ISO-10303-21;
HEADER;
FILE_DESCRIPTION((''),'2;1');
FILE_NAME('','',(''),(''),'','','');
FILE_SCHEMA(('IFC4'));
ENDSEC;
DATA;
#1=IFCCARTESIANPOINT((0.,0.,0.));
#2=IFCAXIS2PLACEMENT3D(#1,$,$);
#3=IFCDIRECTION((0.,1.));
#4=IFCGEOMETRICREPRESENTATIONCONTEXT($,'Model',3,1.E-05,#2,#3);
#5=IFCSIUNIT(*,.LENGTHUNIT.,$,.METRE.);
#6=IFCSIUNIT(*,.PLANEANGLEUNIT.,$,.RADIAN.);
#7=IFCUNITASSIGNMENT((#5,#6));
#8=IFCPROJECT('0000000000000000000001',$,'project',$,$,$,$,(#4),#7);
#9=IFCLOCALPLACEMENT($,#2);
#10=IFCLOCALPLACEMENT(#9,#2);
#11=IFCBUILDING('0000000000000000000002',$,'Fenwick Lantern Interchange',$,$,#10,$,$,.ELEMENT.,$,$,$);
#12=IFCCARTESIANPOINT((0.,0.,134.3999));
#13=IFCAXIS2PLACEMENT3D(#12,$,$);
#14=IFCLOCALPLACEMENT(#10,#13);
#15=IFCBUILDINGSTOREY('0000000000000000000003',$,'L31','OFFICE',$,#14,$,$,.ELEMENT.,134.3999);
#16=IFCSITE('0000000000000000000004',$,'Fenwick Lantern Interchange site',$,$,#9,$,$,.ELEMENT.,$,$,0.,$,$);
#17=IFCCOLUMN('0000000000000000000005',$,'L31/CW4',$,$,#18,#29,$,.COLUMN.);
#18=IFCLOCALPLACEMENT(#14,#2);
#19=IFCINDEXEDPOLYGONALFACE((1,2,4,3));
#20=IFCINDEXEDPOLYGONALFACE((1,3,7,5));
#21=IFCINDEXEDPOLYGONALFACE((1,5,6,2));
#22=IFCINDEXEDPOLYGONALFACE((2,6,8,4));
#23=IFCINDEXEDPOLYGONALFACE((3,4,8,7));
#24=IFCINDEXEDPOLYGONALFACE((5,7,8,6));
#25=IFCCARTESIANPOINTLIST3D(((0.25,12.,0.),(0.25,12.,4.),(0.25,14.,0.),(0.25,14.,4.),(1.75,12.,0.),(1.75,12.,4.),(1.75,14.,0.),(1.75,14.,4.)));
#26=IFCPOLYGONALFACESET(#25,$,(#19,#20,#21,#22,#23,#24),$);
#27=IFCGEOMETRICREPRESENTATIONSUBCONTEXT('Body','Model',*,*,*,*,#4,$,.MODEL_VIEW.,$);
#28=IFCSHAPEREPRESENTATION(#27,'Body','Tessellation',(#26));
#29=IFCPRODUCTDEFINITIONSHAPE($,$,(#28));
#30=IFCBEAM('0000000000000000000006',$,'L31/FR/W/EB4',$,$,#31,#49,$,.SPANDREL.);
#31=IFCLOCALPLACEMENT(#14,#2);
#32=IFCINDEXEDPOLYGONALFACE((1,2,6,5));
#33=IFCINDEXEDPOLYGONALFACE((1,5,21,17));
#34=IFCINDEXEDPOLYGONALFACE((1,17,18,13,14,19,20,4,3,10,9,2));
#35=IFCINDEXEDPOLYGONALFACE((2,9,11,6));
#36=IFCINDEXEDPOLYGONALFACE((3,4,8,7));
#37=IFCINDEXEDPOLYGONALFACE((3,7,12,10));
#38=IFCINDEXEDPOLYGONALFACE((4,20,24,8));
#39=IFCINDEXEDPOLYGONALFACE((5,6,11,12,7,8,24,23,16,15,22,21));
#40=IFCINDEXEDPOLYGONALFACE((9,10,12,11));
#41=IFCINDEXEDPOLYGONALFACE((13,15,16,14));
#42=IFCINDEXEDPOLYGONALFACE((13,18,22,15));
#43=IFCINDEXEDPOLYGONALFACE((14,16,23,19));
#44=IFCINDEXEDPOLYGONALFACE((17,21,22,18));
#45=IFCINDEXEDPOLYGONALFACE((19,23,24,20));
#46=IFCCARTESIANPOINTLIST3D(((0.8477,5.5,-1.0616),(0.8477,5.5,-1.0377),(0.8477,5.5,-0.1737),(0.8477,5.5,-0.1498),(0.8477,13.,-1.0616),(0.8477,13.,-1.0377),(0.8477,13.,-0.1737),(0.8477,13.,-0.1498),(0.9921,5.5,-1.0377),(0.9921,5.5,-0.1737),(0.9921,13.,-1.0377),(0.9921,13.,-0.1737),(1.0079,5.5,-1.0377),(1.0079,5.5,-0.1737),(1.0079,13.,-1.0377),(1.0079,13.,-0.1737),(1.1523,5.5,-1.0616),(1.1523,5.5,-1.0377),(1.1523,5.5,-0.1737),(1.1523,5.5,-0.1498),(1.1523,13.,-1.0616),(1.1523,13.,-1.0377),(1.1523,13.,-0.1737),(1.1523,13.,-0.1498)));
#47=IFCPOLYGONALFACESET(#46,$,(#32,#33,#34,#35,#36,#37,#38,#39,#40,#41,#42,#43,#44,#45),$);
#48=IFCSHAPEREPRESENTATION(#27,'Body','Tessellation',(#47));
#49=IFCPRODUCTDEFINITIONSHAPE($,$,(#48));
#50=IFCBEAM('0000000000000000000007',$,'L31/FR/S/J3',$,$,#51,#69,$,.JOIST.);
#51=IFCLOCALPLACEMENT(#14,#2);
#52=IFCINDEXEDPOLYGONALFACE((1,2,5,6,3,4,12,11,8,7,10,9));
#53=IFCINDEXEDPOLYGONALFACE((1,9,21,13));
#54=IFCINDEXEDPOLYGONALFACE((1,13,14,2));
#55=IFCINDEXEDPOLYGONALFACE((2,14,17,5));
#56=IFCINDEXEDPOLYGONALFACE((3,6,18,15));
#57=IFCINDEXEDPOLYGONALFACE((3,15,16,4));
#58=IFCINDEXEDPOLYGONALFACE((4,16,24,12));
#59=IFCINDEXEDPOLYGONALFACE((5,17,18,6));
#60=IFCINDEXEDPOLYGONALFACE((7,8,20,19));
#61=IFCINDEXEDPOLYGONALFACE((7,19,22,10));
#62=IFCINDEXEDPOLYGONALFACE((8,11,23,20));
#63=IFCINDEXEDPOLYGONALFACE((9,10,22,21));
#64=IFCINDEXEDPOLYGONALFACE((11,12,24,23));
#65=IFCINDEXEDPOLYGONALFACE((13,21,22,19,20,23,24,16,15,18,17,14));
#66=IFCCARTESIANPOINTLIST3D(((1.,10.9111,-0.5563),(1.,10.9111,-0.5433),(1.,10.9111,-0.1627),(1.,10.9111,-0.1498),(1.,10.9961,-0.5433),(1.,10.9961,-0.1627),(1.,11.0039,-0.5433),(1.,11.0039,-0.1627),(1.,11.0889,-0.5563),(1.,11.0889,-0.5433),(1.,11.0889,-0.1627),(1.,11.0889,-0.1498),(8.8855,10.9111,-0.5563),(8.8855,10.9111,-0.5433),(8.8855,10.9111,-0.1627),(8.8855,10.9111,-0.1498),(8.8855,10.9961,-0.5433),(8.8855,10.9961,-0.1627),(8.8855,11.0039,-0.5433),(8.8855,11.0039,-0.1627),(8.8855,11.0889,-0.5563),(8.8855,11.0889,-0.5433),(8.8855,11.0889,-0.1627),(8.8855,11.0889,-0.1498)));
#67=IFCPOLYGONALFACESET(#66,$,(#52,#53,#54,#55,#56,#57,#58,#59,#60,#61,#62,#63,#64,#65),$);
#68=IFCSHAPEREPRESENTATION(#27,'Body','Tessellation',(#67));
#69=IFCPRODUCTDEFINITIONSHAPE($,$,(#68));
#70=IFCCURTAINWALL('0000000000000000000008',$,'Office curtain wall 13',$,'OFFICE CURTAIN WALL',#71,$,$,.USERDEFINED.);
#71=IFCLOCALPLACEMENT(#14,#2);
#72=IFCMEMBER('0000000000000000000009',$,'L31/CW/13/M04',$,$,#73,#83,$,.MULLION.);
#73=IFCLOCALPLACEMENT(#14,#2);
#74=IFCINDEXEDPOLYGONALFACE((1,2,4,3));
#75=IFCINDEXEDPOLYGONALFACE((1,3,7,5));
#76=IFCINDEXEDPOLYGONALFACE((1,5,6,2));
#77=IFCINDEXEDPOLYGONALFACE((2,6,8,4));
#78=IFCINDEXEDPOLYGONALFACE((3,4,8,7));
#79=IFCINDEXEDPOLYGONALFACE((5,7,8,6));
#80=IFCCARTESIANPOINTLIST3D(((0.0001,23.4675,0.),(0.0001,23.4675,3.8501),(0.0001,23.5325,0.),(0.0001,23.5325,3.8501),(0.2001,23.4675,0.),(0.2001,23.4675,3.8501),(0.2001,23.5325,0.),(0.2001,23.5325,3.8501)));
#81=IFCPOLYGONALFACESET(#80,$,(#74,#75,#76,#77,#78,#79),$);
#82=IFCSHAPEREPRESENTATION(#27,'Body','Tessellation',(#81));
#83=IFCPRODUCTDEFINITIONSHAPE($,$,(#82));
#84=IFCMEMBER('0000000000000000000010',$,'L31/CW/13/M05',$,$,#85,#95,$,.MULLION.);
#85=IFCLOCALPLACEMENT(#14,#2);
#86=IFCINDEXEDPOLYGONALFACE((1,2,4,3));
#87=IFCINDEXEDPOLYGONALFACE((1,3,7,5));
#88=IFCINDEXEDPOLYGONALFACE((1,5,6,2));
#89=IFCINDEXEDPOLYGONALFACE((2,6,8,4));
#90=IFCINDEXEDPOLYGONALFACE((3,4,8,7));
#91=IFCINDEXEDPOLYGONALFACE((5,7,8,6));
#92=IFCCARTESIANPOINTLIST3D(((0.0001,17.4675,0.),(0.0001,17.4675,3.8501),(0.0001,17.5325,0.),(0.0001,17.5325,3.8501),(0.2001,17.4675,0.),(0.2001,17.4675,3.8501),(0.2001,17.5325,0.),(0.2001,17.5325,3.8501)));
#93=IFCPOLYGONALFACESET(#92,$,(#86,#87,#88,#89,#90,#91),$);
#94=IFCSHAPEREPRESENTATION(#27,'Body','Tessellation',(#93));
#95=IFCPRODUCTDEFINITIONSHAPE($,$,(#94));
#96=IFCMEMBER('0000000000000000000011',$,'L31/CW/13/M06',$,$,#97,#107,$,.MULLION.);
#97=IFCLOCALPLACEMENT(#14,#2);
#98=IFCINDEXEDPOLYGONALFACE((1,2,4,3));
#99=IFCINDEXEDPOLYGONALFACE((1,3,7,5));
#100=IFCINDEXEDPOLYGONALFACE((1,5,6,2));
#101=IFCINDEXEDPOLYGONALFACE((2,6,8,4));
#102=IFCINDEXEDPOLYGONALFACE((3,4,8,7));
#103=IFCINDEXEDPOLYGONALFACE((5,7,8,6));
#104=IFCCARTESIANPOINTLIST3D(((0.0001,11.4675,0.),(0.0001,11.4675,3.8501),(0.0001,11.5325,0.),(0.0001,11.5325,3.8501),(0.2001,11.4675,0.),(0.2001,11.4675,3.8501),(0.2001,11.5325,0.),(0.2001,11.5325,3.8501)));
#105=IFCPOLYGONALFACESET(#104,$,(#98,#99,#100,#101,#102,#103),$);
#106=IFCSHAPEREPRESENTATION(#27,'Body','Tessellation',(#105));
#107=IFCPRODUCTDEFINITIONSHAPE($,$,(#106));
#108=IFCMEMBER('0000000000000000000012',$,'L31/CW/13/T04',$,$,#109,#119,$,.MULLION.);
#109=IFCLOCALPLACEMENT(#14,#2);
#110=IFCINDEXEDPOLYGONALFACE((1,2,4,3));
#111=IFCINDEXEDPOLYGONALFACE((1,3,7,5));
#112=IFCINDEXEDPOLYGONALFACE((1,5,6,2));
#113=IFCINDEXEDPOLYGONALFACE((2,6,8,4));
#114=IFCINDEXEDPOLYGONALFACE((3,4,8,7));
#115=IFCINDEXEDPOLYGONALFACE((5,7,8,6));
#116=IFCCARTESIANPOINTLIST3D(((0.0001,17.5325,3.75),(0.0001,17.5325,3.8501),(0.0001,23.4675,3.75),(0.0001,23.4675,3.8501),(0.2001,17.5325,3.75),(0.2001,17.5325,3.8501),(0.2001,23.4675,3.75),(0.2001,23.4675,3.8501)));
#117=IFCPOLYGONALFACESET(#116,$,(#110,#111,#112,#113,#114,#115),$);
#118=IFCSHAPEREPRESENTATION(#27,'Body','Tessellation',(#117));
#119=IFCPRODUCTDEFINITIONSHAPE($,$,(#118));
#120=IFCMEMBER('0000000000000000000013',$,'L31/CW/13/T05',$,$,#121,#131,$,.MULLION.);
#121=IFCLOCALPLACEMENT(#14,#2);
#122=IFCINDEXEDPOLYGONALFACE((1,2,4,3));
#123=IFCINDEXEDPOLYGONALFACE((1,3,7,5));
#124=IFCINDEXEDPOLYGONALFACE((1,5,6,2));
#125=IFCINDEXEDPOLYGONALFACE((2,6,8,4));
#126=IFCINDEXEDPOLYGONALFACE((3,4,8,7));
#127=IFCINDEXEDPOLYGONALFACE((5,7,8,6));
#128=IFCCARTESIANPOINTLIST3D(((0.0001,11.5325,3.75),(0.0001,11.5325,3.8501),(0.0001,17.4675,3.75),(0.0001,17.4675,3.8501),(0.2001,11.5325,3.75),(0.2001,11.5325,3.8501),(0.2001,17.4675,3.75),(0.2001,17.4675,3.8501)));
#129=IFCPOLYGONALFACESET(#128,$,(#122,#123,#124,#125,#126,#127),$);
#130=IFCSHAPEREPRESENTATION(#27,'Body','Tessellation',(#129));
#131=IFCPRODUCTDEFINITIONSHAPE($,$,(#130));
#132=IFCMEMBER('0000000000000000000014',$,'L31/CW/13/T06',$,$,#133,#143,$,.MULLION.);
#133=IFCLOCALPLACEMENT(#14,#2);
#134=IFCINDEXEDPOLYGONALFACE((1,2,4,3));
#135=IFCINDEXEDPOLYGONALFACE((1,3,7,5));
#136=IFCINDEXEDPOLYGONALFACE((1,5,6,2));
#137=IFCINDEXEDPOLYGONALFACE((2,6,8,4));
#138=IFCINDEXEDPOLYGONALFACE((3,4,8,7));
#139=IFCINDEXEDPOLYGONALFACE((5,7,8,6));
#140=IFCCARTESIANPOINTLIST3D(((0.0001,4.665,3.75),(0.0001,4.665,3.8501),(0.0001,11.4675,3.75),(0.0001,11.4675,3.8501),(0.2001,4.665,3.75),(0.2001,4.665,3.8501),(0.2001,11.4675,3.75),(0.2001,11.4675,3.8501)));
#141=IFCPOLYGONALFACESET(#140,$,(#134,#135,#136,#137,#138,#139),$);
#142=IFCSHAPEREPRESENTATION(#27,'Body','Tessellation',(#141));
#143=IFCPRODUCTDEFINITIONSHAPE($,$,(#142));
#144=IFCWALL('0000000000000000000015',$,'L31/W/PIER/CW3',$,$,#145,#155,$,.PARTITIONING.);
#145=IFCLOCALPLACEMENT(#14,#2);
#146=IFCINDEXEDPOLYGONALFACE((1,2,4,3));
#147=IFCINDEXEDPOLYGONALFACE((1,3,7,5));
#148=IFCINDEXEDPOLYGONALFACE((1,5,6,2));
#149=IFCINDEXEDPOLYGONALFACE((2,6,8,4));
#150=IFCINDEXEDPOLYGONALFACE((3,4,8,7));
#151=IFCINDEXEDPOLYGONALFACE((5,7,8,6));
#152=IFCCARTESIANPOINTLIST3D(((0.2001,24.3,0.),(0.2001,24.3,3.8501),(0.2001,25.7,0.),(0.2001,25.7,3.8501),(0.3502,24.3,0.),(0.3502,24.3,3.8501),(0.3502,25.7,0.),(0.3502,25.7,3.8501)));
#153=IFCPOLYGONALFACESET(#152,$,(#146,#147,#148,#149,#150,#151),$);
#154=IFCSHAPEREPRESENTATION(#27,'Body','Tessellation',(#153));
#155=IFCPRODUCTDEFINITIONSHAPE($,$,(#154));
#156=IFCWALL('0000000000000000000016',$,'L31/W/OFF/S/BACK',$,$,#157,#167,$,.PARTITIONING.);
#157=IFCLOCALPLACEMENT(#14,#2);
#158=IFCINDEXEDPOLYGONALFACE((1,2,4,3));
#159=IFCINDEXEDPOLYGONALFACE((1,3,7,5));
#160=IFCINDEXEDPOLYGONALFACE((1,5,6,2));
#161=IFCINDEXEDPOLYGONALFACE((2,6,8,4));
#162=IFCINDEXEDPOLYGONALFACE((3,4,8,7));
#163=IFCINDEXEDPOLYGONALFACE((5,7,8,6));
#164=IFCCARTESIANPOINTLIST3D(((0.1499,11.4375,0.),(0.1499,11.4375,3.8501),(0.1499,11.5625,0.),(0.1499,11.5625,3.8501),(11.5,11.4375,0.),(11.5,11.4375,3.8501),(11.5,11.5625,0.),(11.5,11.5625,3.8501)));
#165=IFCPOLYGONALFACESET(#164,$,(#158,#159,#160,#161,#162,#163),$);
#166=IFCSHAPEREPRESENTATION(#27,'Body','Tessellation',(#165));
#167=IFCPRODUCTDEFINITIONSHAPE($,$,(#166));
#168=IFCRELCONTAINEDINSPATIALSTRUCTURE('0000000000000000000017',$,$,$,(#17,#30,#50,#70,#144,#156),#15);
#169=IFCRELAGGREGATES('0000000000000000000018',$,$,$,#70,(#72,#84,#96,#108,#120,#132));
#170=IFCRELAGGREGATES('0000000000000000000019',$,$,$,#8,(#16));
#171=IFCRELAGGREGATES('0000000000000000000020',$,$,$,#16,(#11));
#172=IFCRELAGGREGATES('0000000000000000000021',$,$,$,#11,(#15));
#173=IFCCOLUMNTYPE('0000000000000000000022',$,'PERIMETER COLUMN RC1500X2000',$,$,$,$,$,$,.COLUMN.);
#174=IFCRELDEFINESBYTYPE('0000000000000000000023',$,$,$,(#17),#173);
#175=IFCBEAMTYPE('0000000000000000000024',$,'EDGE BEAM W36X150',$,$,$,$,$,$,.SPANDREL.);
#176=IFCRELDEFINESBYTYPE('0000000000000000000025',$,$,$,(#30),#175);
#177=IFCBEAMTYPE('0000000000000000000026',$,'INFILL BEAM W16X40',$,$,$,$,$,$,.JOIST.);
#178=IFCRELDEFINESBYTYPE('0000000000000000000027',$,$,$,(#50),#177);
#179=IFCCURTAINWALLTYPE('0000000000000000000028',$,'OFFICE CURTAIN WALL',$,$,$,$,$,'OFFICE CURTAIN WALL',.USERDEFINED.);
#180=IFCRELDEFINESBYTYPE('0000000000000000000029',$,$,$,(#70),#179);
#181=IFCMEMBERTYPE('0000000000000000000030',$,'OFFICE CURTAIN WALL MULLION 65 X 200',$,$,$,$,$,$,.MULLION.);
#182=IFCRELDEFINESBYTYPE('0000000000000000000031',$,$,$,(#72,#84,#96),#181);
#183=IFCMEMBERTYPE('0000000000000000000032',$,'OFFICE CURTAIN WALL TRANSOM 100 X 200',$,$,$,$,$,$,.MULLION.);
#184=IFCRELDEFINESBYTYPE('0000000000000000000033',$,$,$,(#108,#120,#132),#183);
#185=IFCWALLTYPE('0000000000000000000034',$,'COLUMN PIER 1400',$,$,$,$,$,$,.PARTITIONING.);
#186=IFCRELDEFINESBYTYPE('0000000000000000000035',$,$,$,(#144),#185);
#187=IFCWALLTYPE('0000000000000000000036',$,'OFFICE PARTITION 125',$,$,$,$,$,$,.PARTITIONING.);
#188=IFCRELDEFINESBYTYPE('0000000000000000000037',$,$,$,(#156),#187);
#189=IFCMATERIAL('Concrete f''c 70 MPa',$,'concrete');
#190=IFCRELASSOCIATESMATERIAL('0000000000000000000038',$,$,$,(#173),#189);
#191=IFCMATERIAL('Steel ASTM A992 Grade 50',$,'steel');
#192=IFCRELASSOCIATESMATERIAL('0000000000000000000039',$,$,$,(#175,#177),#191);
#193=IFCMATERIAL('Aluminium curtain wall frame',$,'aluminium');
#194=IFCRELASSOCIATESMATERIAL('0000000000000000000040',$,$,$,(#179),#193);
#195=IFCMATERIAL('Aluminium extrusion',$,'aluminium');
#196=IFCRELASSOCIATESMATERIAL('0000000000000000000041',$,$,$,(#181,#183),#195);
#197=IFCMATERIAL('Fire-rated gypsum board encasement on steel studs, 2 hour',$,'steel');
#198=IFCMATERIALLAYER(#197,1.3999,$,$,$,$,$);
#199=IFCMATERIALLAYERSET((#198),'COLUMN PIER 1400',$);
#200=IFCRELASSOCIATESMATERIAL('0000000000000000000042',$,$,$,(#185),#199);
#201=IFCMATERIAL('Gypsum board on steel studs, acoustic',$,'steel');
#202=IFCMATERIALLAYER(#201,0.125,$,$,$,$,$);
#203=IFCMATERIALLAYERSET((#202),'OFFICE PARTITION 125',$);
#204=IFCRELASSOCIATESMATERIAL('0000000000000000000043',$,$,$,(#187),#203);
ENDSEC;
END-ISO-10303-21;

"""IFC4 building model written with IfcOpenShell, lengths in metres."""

from ifc_helpers import new_model, si_unit, direction, frame, frame_2d, origin, origin_2d, place, context, subcontext, project, spatial, rectangle, i_section, extrude, material, layer, layer_set, material_profile, profile_set, type_object, element, aggregate, save


model = new_model("IFC4")

# Units and contexts
model_context = context("Model", 3, precision=1e-05, world=origin(), true_north=direction((0.0, 1.0)))
body_context = subcontext(model_context, "Body", "Model", "MODEL_VIEW")
ifc_project = project(units=[si_unit("LENGTHUNIT", "METRE"), si_unit("PLANEANGLEUNIT", "RADIAN")], contexts=[model_context])

# Site, building, storey
site_placement = place(None, origin())
site = spatial("IfcSite", under=ifc_project, at=site_placement, Name="Fenwick Lantern Interchange site", CompositionType="ELEMENT", RefElevation=0.0)
building_placement = place(site_placement, origin())
building = spatial("IfcBuilding", under=site, at=building_placement, Name="Fenwick Lantern Interchange", CompositionType="ELEMENT")
storey_placement = place(building_placement, frame((0.0, 0.0, 134.3999)))
storey = spatial("IfcBuildingStorey", under=building, at=storey_placement, Name="L31", Description="OFFICE", CompositionType="ELEMENT", Elevation=134.3999)

# Column
ifc_material_1 = material(Name="Concrete f'c 70 MPa", Category="concrete")
ifc_material_profile_1 = material_profile(ifc_material_1, rectangle(XDim=1.5, YDim=2.0, at=origin_2d()), Name="RC1500X2000")
ifc_profile_set_1 = profile_set([ifc_material_profile_1], Name="Concrete f'c 70 MPa")
column_type = type_object("IfcColumnType", Name="PERIMETER COLUMN RC1500X2000", PredefinedType="COLUMN", material=ifc_profile_set_1)
column_placement = place(storey_placement, frame((1.0, 13.0, 0.0), z_axis=(0.0, 0.0, 1.0), x_axis=(1.0, 0.0, 0.0)))
element("IfcColumn", 1, at=column_placement, inside=storey, type_object=column_type, Name="L31/CW4", PredefinedType="COLUMN", context=body_context, shape_type="SweptSolid", body=[
    extrude(rectangle(XDim=1.5, YDim=2.0, at=origin_2d()), origin(), (0.0, 0.0, 1.0), 4.0),
])

# Beams
ifc_material_2 = material(Name="Steel ASTM A992 Grade 50", Category="steel")
ifc_material_profile_2 = material_profile(ifc_material_2, i_section(OverallWidth=0.3047, OverallDepth=0.9119, WebThickness=0.0159, FlangeThickness=0.0239, at=origin_2d()), Name="W36X150")
ifc_profile_set_2 = profile_set([ifc_material_profile_2], Name="Steel ASTM A992 Grade 50")
beam_type_1 = type_object("IfcBeamType", Name="EDGE BEAM W36X150", PredefinedType="SPANDREL", material=ifc_profile_set_2)
beam_1_placement = place(storey_placement, frame((1.0, 13.0, -0.6057), z_axis=(0.0, -1.0, 0.0), x_axis=(1.0, 0.0, 0.0)))
element("IfcBeam", 2, at=beam_1_placement, inside=storey, type_object=beam_type_1, Name="L31/FR/W/EB4", PredefinedType="SPANDREL", context=body_context, shape_type="SweptSolid", body=[
    extrude(i_section(OverallWidth=0.3047, OverallDepth=0.9119, WebThickness=0.0159, FlangeThickness=0.0239, at=origin_2d()), origin(), (0.0, 0.0, 1.0), 7.5),
])
ifc_material_profile_3 = material_profile(ifc_material_2, i_section(OverallWidth=0.1777, OverallDepth=0.4065, WebThickness=0.0078, FlangeThickness=0.0129, at=origin_2d()), Name="W16X40")
ifc_profile_set_3 = profile_set([ifc_material_profile_3], Name="Steel ASTM A992 Grade 50")
beam_type_2 = type_object("IfcBeamType", Name="INFILL BEAM W16X40", PredefinedType="JOIST", material=ifc_profile_set_3)
beam_2_placement = place(storey_placement, frame((1.0, 11.0, -0.353), z_axis=(1.0, 0.0, 0.0), x_axis=(0.0, 1.0, 0.0)))
element("IfcBeam", 3, at=beam_2_placement, inside=storey, type_object=beam_type_2, Name="L31/FR/S/J3", PredefinedType="JOIST", context=body_context, shape_type="SweptSolid", body=[
    extrude(i_section(OverallWidth=0.1777, OverallDepth=0.4065, WebThickness=0.0078, FlangeThickness=0.0129, at=origin_2d()), origin(), (0.0, 0.0, 1.0), 7.8855),
])

# Curtain wall, members
ifc_material_3 = material(Name="Aluminium curtain wall frame", Category="aluminium")
curtain_wall_type = type_object("IfcCurtainWallType", Name="OFFICE CURTAIN WALL", ElementType="OFFICE CURTAIN WALL", PredefinedType="USERDEFINED", material=ifc_material_3)
curtain_wall_placement = place(storey_placement, origin())
curtain_wall = element("IfcCurtainWall", 4, at=curtain_wall_placement, inside=storey, type_object=curtain_wall_type, Name="Office curtain wall 13", ObjectType="OFFICE CURTAIN WALL", PredefinedType="USERDEFINED")
ifc_material_4 = material(Name="Aluminium extrusion", Category="aluminium")
ifc_material_profile_4 = material_profile(ifc_material_4, rectangle(XDim=0.2, YDim=0.0649, at=origin_2d()), Name="OFFICE CURTAIN WALL MULLION 65 X 200")
ifc_profile_set_4 = profile_set([ifc_material_profile_4], Name="Aluminium extrusion")
member_type_1 = type_object("IfcMemberType", Name="OFFICE CURTAIN WALL MULLION 65 X 200", PredefinedType="MULLION", material=ifc_profile_set_4)
member_1_placement = place(storey_placement, frame((0.1001, 23.5, 0.0), z_axis=(0.0, 0.0, 1.0), x_axis=(1.0, 0.0, 0.0)))
member_1 = element("IfcMember", 5, at=member_1_placement, type_object=member_type_1, Name="L31/CW/13/M04", PredefinedType="MULLION", context=body_context, shape_type="SweptSolid", body=[
    extrude(rectangle(XDim=0.2, YDim=0.0649, at=origin_2d()), origin(), (0.0, 0.0, 1.0), 3.8501),
])
member_2_placement = place(storey_placement, frame((0.1001, 17.5, 0.0), z_axis=(0.0, 0.0, 1.0), x_axis=(1.0, 0.0, 0.0)))
member_2 = element("IfcMember", 6, at=member_2_placement, type_object=member_type_1, Name="L31/CW/13/M05", PredefinedType="MULLION", context=body_context, shape_type="SweptSolid", body=[
    extrude(rectangle(XDim=0.2, YDim=0.0649, at=origin_2d()), origin(), (0.0, 0.0, 1.0), 3.8501),
])
member_3_placement = place(storey_placement, frame((0.1001, 11.5, 0.0), z_axis=(0.0, 0.0, 1.0), x_axis=(1.0, 0.0, 0.0)))
member_3 = element("IfcMember", 7, at=member_3_placement, type_object=member_type_1, Name="L31/CW/13/M06", PredefinedType="MULLION", context=body_context, shape_type="SweptSolid", body=[
    extrude(rectangle(XDim=0.2, YDim=0.0649, at=origin_2d()), origin(), (0.0, 0.0, 1.0), 3.8501),
])
ifc_material_profile_5 = material_profile(ifc_material_4, rectangle(XDim=0.2, YDim=0.1001, at=origin_2d()), Name="OFFICE CURTAIN WALL TRANSOM 100 X 200")
ifc_profile_set_5 = profile_set([ifc_material_profile_5], Name="Aluminium extrusion")
member_type_2 = type_object("IfcMemberType", Name="OFFICE CURTAIN WALL TRANSOM 100 X 200", PredefinedType="MULLION", material=ifc_profile_set_5)
member_4_placement = place(storey_placement, frame((0.1001, 23.4675, 3.8), z_axis=(0.0, -1.0, 0.0), x_axis=(1.0, 0.0, 0.0)))
member_4 = element("IfcMember", 8, at=member_4_placement, type_object=member_type_2, Name="L31/CW/13/T04", PredefinedType="MULLION", context=body_context, shape_type="SweptSolid", body=[
    extrude(rectangle(XDim=0.2, YDim=0.1001, at=origin_2d()), origin(), (0.0, 0.0, 1.0), 5.9351),
])
member_5_placement = place(storey_placement, frame((0.1001, 17.4675, 3.8), z_axis=(0.0, -1.0, 0.0), x_axis=(1.0, 0.0, 0.0)))
member_5 = element("IfcMember", 9, at=member_5_placement, type_object=member_type_2, Name="L31/CW/13/T05", PredefinedType="MULLION", context=body_context, shape_type="SweptSolid", body=[
    extrude(rectangle(XDim=0.2, YDim=0.1001, at=origin_2d()), origin(), (0.0, 0.0, 1.0), 5.9351),
])
member_6_placement = place(storey_placement, frame((0.1001, 11.4675, 3.8), z_axis=(0.0, -1.0, 0.0), x_axis=(1.0, 0.0, 0.0)))
member_6 = element("IfcMember", 10, at=member_6_placement, type_object=member_type_2, Name="L31/CW/13/T06", PredefinedType="MULLION", context=body_context, shape_type="SweptSolid", body=[
    extrude(rectangle(XDim=0.2, YDim=0.1001, at=origin_2d()), origin(), (0.0, 0.0, 1.0), 6.8025),
])
aggregate(curtain_wall, [member_1, member_2, member_3, member_4, member_5, member_6])

# Walls
ifc_material_5 = material(Name="Fire-rated gypsum board encasement on steel studs, 2 hour", Category="steel")
ifc_layer_1 = layer(ifc_material_5, 1.3999)
ifc_layer_set_1 = layer_set([ifc_layer_1], Name="COLUMN PIER 1400")
wall_type_1 = type_object("IfcWallType", Name="COLUMN PIER 1400", PredefinedType="PARTITIONING", material=ifc_layer_set_1)
wall_1_placement = place(storey_placement, frame((0.2, 25.0, 0.0), z_axis=(0.0, 0.0, 1.0), x_axis=(1.0, 0.0, 0.0)))
element("IfcWall", 11, at=wall_1_placement, inside=storey, type_object=wall_type_1, Name="L31/W/PIER/CW3", PredefinedType="PARTITIONING", context=body_context, shape_type="SweptSolid", body=[
    extrude(rectangle(XDim=0.1501, YDim=1.3999, at=frame_2d((0.0752, 0.0))), origin(), (0.0, 0.0, 1.0), 3.8501),
])
ifc_material_6 = material(Name="Gypsum board on steel studs, acoustic", Category="steel")
ifc_layer_2 = layer(ifc_material_6, 0.125)
ifc_layer_set_2 = layer_set([ifc_layer_2], Name="OFFICE PARTITION 125")
wall_type_2 = type_object("IfcWallType", Name="OFFICE PARTITION 125", PredefinedType="PARTITIONING", material=ifc_layer_set_2)
wall_2_placement = place(storey_placement, frame((0.1499, 11.5, 0.0), z_axis=(0.0, 0.0, 1.0), x_axis=(1.0, 0.0, 0.0)))
element("IfcWall", 12, at=wall_2_placement, inside=storey, type_object=wall_type_2, Name="L31/W/OFF/S/BACK", PredefinedType="PARTITIONING", context=body_context, shape_type="SweptSolid", body=[
    extrude(rectangle(XDim=11.3501, YDim=0.125, at=frame_2d((5.675, 0.0))), origin(), (0.0, 0.0, 1.0), 3.8501),
])

save(model, "model.ifc")
